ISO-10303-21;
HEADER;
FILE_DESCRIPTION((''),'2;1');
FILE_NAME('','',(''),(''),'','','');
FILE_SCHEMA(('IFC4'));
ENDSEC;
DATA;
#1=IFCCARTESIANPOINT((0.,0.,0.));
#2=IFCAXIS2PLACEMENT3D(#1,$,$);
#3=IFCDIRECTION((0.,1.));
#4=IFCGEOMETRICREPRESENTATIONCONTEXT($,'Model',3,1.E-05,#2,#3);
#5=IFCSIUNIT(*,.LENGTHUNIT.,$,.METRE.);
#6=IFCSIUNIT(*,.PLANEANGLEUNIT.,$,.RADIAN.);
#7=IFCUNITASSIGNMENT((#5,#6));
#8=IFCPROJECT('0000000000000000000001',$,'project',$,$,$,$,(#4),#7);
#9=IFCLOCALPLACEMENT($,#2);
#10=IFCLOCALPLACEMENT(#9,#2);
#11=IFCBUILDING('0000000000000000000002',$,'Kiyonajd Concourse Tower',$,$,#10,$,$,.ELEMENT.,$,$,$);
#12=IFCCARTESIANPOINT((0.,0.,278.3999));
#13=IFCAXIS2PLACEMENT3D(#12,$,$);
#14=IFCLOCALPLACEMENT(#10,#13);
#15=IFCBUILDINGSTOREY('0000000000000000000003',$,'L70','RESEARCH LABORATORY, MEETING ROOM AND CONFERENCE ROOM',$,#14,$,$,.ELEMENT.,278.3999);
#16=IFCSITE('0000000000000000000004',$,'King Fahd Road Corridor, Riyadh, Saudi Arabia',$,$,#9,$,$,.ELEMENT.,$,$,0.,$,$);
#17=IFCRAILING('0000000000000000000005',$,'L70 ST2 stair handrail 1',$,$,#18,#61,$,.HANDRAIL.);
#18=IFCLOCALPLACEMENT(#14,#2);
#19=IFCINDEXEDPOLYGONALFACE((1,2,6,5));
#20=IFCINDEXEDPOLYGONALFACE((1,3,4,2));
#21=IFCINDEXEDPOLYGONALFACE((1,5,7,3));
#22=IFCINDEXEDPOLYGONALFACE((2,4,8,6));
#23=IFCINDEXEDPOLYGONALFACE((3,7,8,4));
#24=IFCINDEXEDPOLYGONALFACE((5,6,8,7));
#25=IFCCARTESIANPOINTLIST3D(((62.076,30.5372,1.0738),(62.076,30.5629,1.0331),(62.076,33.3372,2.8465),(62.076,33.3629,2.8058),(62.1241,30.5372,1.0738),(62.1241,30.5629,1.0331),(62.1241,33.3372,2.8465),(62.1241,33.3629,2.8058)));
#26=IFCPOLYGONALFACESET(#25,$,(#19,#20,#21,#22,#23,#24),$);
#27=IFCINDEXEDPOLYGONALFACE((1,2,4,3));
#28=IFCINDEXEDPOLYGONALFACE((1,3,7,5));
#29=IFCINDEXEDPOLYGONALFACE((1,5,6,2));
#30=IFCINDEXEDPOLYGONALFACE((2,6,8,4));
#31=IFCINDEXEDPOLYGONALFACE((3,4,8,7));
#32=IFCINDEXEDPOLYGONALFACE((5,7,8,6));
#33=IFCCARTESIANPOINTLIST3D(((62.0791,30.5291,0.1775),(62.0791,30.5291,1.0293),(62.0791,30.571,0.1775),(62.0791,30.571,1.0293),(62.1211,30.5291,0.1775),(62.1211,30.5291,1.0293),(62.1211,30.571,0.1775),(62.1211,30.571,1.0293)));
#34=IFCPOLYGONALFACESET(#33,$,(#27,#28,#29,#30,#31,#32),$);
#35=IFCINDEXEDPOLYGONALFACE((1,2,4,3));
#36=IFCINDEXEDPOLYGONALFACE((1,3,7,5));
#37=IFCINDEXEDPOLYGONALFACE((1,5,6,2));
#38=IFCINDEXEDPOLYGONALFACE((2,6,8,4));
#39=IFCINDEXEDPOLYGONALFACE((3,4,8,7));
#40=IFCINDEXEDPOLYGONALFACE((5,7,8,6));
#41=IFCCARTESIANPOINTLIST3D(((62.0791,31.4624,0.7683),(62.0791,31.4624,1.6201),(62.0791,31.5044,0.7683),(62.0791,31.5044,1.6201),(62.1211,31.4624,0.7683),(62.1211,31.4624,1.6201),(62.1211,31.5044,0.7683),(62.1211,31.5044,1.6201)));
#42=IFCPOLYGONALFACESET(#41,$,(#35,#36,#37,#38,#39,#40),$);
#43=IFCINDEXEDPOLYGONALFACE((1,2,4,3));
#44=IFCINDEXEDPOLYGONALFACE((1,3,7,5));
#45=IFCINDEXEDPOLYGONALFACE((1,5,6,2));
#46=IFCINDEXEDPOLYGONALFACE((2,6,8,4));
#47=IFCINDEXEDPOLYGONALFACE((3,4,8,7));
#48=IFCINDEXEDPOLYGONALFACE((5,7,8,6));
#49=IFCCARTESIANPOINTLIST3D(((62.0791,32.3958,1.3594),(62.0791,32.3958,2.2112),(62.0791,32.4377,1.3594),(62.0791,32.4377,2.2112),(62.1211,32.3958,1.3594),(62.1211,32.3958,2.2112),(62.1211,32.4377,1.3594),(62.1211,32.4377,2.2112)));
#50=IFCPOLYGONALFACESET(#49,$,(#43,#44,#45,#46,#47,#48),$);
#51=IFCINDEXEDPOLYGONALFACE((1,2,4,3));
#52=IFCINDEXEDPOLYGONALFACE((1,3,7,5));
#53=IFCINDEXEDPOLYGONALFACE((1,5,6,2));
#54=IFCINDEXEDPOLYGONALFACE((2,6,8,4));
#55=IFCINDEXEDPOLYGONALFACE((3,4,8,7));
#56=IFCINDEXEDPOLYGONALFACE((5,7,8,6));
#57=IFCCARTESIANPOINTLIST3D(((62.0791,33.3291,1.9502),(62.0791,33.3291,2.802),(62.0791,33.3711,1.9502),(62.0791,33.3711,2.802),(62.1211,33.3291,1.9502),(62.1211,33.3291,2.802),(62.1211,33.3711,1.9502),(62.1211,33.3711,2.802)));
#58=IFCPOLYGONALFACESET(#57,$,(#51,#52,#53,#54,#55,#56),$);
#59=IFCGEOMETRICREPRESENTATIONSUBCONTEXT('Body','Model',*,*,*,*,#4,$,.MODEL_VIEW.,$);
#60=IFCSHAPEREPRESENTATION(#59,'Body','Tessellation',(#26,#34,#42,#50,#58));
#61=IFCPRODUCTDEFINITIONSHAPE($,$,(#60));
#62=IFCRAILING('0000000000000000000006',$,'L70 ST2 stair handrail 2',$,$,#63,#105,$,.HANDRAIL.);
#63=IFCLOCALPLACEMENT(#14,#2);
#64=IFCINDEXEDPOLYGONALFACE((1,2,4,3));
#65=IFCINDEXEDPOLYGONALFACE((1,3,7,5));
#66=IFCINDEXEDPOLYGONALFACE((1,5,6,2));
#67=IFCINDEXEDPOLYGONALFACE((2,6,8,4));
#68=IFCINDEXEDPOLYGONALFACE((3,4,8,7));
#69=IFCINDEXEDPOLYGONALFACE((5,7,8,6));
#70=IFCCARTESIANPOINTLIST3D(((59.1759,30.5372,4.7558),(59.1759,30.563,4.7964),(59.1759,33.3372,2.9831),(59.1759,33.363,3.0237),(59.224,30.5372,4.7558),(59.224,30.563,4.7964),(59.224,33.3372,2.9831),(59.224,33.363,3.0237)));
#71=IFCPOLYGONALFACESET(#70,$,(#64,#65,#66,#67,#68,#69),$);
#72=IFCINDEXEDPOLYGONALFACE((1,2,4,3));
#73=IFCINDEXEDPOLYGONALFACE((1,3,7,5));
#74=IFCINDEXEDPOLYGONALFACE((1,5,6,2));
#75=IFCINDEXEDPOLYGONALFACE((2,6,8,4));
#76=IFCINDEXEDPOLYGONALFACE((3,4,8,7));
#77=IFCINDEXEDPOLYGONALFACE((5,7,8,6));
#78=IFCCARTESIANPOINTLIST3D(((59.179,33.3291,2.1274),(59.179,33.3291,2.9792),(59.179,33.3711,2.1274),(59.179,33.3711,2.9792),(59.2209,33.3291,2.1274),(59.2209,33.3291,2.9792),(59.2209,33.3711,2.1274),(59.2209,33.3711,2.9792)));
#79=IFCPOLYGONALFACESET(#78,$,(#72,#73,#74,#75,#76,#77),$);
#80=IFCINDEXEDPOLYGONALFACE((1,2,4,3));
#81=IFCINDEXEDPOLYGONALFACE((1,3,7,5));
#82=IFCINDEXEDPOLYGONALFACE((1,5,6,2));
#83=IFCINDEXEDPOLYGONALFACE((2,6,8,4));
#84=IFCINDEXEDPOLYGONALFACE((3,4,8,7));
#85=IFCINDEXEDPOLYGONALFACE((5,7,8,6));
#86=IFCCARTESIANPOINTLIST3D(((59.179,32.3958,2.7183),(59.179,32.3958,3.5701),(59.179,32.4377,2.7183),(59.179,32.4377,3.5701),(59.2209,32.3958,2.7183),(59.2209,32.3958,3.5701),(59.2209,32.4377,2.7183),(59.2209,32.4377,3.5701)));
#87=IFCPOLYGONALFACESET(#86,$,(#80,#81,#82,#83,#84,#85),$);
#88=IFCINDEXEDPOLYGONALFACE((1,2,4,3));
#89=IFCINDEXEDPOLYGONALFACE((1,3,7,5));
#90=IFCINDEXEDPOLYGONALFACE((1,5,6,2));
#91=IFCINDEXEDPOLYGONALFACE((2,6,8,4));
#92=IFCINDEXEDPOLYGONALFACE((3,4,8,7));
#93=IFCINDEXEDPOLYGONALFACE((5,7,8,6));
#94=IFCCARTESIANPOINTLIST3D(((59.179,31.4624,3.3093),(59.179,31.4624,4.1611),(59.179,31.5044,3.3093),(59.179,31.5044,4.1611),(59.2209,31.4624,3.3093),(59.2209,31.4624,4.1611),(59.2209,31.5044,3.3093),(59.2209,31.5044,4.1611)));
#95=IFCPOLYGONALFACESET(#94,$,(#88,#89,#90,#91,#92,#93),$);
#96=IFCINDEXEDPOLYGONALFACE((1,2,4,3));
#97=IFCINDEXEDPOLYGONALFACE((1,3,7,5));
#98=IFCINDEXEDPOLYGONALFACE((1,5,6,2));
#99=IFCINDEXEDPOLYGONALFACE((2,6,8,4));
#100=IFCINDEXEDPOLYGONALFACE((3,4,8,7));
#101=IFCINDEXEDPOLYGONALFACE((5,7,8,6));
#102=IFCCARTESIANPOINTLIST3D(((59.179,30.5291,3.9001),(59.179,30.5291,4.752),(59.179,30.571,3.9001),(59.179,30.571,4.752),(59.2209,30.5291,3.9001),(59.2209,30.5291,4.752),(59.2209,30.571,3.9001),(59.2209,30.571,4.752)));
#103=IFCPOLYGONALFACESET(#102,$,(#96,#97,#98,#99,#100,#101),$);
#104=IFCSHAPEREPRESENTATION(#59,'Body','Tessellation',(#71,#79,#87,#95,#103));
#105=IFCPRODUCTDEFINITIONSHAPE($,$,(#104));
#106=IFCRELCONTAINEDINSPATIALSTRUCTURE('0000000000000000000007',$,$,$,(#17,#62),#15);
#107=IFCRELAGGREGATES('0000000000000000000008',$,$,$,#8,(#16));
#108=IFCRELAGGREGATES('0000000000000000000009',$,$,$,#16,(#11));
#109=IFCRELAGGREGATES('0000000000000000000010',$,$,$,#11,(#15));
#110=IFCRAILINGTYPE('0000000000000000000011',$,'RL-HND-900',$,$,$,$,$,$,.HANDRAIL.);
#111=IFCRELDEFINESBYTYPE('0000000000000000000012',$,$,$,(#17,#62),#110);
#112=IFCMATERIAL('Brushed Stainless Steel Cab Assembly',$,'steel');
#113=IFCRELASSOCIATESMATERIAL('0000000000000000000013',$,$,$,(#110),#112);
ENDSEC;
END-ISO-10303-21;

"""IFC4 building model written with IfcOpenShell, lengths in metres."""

from ifc_helpers import new_model, si_unit, direction, frame, origin, origin_2d, place, context, subcontext, project, spatial, rectangle, extrude, material, type_object, element, save


model = new_model("IFC4")

# Units and contexts
model_context = context("Model", 3, precision=1e-05, world=origin(), true_north=direction((0.0, 1.0)))
body_context = subcontext(model_context, "Body", "Model", "MODEL_VIEW")
ifc_project = project(units=[si_unit("LENGTHUNIT", "METRE"), si_unit("PLANEANGLEUNIT", "RADIAN")], contexts=[model_context])

# Site, building, storey
site_placement = place(None, origin())
site = spatial("IfcSite", under=ifc_project, at=site_placement, Name="King Fahd Road Corridor, Riyadh, Saudi Arabia", CompositionType="ELEMENT", RefElevation=0.0)
building_placement = place(site_placement, origin())
building = spatial("IfcBuilding", under=site, at=building_placement, Name="Kiyonajd Concourse Tower", CompositionType="ELEMENT")
storey_placement = place(building_placement, frame((0.0, 0.0, 278.3999)))
storey = spatial("IfcBuildingStorey", under=building, at=storey_placement, Name="L70", Description="RESEARCH LABORATORY, MEETING ROOM AND CONFERENCE ROOM", CompositionType="ELEMENT", Elevation=278.3999)

# Shared definitions
ifc_material_1 = material(Name="Brushed Stainless Steel Cab Assembly", Category="steel")

# Railings
railing_type_1 = type_object("IfcRailingType", Name="RL-HND-900", PredefinedType="HANDRAIL", material=ifc_material_1)
railing_1_placement = place(storey_placement, frame((62.1001, 30.55, 0.1775)))
element("IfcRailing", 1, at=railing_1_placement, inside=storey, type_object=railing_type_1, Name="L70 ST2 stair handrail 1", PredefinedType="HANDRAIL", context=body_context, shape_type="SweptSolid", body=[
    extrude(rectangle(XDim=0.0481, YDim=0.0481, at=origin_2d()), frame((0.0, 0.0, 0.876), z_axis=(0.0, 0.844909, 0.53491), x_axis=(-1.0, 0.0, 0.0)), (0.0, 0.0, 1.0), 3.314),
    extrude(rectangle(XDim=0.042, YDim=0.042, at=origin_2d()), origin(), (0.0, 0.0, 1.0), 0.8518),
    extrude(rectangle(XDim=0.042, YDim=0.042, at=origin_2d()), frame((0.0, 0.9333, 0.5908)), (0.0, 0.0, 1.0), 0.8518),
    extrude(rectangle(XDim=0.042, YDim=0.042, at=origin_2d()), frame((0.0, 1.8667, 1.1819)), (0.0, 0.0, 1.0), 0.8518),
    extrude(rectangle(XDim=0.042, YDim=0.042, at=origin_2d()), frame((0.0, 2.8, 1.7727)), (0.0, 0.0, 1.0), 0.8518),
])
railing_2_placement = place(storey_placement, frame((59.2, 33.3501, 2.1274)))
element("IfcRailing", 2, at=railing_2_placement, inside=storey, type_object=railing_type_1, Name="L70 ST2 stair handrail 2", PredefinedType="HANDRAIL", context=body_context, shape_type="SweptSolid", body=[
    extrude(rectangle(XDim=0.0481, YDim=0.0481, at=origin_2d()), frame((0.0, 0.0, 0.876), z_axis=(0.0, -0.844909, 0.53491), x_axis=(1.0, 0.0, 0.0)), (0.0, 0.0, 1.0), 3.314),
    extrude(rectangle(XDim=0.042, YDim=0.042, at=origin_2d()), origin(), (0.0, 0.0, 1.0), 0.8518),
    extrude(rectangle(XDim=0.042, YDim=0.042, at=origin_2d()), frame((0.0, -0.9333, 0.5908)), (0.0, 0.0, 1.0), 0.8518),
    extrude(rectangle(XDim=0.042, YDim=0.042, at=origin_2d()), frame((0.0, -1.8667, 1.1819)), (0.0, 0.0, 1.0), 0.8518),
    extrude(rectangle(XDim=0.042, YDim=0.042, at=origin_2d()), frame((0.0, -2.8, 1.7727)), (0.0, 0.0, 1.0), 0.8518),
])

save(model, "model.ifc")
